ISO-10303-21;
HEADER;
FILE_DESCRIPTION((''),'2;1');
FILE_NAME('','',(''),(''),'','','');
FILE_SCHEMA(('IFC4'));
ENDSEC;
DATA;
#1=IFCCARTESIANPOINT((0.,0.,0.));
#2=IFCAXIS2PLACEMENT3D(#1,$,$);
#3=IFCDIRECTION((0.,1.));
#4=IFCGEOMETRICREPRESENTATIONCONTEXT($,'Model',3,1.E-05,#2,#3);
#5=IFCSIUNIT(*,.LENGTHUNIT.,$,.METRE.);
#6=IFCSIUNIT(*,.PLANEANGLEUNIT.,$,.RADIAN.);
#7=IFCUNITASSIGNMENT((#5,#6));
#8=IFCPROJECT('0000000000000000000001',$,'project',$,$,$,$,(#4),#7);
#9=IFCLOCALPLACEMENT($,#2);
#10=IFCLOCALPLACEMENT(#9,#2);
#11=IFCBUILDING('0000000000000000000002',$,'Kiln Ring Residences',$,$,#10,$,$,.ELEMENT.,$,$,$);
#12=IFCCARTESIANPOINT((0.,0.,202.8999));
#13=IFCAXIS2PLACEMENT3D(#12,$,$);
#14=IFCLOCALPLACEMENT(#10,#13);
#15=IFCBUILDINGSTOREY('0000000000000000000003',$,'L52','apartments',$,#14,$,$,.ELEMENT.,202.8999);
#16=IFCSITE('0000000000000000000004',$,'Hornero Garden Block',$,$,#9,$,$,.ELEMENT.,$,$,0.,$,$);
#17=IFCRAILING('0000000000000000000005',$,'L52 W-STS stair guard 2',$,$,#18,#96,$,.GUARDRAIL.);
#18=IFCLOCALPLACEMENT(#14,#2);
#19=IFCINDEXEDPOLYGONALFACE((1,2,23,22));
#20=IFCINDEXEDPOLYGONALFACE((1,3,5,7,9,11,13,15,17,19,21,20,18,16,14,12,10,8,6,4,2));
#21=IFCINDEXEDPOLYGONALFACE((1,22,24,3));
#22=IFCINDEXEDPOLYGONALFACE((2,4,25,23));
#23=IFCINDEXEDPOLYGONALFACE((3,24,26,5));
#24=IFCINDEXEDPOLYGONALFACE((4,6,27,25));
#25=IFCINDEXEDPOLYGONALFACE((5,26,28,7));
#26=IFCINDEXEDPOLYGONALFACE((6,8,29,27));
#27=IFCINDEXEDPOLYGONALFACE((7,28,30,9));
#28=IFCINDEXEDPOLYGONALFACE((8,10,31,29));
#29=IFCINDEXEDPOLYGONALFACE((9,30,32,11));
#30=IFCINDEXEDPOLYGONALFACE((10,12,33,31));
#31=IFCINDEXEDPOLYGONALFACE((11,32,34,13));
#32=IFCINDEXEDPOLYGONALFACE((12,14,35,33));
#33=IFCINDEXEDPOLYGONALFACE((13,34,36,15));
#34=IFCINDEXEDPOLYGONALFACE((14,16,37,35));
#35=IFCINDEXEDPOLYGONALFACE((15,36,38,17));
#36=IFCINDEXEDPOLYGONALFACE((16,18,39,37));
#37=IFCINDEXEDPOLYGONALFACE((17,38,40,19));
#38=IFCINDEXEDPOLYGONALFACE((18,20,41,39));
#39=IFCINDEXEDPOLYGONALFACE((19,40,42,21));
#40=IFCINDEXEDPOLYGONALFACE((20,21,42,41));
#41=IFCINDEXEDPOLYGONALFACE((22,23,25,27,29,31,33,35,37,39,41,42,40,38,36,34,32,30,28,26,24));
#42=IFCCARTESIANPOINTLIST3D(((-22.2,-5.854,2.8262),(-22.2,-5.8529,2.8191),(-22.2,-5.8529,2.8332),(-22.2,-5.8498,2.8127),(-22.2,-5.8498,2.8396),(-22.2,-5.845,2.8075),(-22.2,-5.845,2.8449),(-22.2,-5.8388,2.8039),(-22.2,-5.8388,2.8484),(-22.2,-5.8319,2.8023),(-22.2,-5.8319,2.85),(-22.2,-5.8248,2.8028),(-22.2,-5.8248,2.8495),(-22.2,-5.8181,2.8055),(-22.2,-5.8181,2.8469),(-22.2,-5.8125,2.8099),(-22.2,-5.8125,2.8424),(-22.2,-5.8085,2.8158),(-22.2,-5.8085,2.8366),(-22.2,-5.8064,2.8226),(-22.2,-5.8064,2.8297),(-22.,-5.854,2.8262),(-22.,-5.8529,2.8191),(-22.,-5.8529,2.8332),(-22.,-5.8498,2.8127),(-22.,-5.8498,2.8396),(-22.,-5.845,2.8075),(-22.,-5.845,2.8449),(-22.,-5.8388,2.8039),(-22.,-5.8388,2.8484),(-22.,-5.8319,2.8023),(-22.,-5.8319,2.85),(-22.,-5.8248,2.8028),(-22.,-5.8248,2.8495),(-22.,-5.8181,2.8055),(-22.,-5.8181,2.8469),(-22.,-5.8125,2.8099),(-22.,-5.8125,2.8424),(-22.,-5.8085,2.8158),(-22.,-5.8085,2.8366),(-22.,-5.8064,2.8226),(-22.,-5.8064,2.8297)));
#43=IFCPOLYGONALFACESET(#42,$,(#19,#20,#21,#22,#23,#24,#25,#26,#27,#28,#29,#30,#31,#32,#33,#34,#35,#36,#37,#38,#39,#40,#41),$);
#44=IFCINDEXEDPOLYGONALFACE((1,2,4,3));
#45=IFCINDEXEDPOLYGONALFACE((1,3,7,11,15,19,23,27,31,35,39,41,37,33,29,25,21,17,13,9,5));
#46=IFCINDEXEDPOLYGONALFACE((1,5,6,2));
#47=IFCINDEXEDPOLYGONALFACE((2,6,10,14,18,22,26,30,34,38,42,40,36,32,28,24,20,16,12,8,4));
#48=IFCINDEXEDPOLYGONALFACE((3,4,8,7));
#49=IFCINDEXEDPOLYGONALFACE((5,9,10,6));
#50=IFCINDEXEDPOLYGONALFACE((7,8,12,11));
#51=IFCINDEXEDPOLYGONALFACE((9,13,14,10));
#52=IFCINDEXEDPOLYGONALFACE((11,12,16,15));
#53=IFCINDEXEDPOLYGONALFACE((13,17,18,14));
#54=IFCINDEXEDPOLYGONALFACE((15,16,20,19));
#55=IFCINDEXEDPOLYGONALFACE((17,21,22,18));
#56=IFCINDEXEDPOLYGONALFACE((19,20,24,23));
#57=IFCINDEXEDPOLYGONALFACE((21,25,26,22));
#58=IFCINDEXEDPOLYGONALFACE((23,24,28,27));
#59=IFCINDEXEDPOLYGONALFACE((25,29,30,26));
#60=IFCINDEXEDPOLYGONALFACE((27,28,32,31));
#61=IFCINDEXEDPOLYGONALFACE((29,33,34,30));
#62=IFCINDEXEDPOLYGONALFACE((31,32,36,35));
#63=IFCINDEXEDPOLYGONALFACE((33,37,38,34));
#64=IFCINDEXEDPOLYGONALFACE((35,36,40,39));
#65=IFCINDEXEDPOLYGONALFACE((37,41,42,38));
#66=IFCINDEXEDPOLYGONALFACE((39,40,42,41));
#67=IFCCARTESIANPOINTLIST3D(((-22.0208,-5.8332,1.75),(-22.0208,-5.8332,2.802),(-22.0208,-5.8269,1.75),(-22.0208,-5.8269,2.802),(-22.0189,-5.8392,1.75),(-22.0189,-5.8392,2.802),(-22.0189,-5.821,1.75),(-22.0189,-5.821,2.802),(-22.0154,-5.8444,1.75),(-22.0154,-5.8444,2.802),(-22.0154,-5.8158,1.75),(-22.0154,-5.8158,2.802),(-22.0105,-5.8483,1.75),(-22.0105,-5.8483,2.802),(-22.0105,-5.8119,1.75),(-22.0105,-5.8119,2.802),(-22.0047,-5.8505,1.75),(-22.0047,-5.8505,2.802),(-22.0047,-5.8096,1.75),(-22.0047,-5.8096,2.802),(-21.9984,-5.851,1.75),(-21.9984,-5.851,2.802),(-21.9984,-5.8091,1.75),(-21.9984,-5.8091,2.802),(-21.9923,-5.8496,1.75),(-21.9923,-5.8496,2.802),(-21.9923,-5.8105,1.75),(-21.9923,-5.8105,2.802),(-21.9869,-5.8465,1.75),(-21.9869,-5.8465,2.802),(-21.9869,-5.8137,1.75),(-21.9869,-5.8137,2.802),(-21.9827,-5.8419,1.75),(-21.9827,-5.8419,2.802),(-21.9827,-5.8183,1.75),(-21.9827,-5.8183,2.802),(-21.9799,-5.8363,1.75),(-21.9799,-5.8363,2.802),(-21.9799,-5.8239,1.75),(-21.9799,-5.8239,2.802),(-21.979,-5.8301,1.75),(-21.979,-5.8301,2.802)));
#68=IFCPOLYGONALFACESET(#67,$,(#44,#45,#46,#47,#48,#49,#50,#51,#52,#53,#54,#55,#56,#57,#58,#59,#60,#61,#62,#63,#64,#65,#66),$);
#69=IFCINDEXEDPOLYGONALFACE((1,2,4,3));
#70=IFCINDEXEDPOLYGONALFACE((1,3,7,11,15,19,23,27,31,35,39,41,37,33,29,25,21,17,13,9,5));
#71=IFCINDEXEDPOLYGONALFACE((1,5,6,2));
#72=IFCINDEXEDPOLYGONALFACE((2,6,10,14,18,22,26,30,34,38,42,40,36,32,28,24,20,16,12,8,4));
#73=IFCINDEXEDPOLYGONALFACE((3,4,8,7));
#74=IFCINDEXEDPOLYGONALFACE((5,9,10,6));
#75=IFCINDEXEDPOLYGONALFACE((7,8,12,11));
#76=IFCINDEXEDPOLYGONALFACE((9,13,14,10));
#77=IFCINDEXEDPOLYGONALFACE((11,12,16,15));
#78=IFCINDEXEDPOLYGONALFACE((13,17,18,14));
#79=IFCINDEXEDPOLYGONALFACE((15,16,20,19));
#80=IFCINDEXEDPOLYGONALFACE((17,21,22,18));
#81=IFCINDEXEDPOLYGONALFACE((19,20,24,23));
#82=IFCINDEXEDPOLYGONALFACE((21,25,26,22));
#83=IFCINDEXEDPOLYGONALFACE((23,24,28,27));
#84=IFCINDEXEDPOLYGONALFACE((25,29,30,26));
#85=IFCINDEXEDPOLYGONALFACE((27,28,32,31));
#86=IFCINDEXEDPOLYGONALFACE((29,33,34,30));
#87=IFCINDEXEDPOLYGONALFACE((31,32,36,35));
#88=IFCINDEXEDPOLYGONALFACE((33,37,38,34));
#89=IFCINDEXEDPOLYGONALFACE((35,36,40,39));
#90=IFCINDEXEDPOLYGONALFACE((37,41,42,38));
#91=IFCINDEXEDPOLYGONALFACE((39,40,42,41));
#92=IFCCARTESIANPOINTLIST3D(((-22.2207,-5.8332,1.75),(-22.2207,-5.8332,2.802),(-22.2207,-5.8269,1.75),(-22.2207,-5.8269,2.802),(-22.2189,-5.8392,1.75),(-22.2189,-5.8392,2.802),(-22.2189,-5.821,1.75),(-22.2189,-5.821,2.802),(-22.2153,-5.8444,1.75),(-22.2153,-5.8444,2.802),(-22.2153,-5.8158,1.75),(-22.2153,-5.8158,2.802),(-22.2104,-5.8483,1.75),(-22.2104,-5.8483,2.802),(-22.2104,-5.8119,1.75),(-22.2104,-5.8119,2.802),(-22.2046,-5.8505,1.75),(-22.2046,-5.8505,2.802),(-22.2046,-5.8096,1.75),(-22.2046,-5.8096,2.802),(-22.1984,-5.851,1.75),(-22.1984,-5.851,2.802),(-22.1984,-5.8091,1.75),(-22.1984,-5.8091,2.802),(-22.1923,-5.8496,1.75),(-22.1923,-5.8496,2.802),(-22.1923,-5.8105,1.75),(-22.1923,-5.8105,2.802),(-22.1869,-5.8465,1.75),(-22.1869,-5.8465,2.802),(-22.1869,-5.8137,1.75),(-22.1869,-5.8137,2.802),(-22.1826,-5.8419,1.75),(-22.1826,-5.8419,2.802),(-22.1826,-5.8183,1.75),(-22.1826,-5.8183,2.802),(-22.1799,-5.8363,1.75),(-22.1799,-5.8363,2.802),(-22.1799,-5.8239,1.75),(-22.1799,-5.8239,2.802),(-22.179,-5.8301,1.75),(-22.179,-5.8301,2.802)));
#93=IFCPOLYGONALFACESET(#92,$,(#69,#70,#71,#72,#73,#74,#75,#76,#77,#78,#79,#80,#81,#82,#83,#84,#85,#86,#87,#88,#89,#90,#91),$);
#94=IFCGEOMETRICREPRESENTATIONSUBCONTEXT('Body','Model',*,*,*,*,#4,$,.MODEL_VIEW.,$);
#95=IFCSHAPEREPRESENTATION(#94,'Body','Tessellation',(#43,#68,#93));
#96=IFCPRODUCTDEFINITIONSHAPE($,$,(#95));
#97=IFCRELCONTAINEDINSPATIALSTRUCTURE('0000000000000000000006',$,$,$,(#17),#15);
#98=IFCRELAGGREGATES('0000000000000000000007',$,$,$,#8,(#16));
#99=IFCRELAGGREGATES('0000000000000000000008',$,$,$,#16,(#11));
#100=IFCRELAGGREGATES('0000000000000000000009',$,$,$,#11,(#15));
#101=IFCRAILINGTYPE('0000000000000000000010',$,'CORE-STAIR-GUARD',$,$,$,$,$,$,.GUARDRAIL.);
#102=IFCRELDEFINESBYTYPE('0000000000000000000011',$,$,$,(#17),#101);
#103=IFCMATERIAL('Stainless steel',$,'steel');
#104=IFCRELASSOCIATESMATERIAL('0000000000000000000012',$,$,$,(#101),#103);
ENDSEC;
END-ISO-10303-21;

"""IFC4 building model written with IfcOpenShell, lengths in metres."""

from ifc_helpers import new_model, si_unit, direction, frame, origin, origin_2d, place, context, subcontext, project, spatial, circle, extrude, material, type_object, element, save


model = new_model("IFC4")

# Units and contexts
model_context = context("Model", 3, precision=1e-05, world=origin(), true_north=direction((0.0, 1.0)))
body_context = subcontext(model_context, "Body", "Model", "MODEL_VIEW")
ifc_project = project(units=[si_unit("LENGTHUNIT", "METRE"), si_unit("PLANEANGLEUNIT", "RADIAN")], contexts=[model_context])

# Site, building, storey
site_placement = place(None, origin())
site = spatial("IfcSite", under=ifc_project, at=site_placement, Name="Hornero Garden Block", CompositionType="ELEMENT", RefElevation=0.0)
building_placement = place(site_placement, origin())
building = spatial("IfcBuilding", under=site, at=building_placement, Name="Kiln Ring Residences", CompositionType="ELEMENT")
storey_placement = place(building_placement, frame((0.0, 0.0, 202.8999)))
storey = spatial("IfcBuildingStorey", under=building, at=storey_placement, Name="L52", Description="apartments", CompositionType="ELEMENT", Elevation=202.8999)

# Railing
ifc_material_1 = material(Name="Stainless steel", Category="steel")
railing_type_1 = type_object("IfcRailingType", Name="CORE-STAIR-GUARD", PredefinedType="GUARDRAIL", material=ifc_material_1)
railing_1_placement = place(storey_placement, frame((-22.0, -5.8301, 1.75)))
element("IfcRailing", 1, at=railing_1_placement, inside=storey, type_object=railing_type_1, Name="L52 W-STS stair guard 2", PredefinedType="GUARDRAIL", context=body_context, shape_type="SweptSolid", body=[
    extrude(circle(Radius=0.0239, at=origin_2d()), frame((0.0, 0.0, 1.0762), z_axis=(-1.0, 0.0, 0.0), x_axis=(0.0, -1.0, 0.0)), (0.0, 0.0, 1.0), 0.2),
    extrude(circle(Radius=0.021, at=origin_2d()), origin(), (0.0, 0.0, 1.0), 1.052),
    extrude(circle(Radius=0.021, at=origin_2d()), frame((-0.2, 0.0, 0.0)), (0.0, 0.0, 1.0), 1.052),
])

save(model, "model.ifc")
